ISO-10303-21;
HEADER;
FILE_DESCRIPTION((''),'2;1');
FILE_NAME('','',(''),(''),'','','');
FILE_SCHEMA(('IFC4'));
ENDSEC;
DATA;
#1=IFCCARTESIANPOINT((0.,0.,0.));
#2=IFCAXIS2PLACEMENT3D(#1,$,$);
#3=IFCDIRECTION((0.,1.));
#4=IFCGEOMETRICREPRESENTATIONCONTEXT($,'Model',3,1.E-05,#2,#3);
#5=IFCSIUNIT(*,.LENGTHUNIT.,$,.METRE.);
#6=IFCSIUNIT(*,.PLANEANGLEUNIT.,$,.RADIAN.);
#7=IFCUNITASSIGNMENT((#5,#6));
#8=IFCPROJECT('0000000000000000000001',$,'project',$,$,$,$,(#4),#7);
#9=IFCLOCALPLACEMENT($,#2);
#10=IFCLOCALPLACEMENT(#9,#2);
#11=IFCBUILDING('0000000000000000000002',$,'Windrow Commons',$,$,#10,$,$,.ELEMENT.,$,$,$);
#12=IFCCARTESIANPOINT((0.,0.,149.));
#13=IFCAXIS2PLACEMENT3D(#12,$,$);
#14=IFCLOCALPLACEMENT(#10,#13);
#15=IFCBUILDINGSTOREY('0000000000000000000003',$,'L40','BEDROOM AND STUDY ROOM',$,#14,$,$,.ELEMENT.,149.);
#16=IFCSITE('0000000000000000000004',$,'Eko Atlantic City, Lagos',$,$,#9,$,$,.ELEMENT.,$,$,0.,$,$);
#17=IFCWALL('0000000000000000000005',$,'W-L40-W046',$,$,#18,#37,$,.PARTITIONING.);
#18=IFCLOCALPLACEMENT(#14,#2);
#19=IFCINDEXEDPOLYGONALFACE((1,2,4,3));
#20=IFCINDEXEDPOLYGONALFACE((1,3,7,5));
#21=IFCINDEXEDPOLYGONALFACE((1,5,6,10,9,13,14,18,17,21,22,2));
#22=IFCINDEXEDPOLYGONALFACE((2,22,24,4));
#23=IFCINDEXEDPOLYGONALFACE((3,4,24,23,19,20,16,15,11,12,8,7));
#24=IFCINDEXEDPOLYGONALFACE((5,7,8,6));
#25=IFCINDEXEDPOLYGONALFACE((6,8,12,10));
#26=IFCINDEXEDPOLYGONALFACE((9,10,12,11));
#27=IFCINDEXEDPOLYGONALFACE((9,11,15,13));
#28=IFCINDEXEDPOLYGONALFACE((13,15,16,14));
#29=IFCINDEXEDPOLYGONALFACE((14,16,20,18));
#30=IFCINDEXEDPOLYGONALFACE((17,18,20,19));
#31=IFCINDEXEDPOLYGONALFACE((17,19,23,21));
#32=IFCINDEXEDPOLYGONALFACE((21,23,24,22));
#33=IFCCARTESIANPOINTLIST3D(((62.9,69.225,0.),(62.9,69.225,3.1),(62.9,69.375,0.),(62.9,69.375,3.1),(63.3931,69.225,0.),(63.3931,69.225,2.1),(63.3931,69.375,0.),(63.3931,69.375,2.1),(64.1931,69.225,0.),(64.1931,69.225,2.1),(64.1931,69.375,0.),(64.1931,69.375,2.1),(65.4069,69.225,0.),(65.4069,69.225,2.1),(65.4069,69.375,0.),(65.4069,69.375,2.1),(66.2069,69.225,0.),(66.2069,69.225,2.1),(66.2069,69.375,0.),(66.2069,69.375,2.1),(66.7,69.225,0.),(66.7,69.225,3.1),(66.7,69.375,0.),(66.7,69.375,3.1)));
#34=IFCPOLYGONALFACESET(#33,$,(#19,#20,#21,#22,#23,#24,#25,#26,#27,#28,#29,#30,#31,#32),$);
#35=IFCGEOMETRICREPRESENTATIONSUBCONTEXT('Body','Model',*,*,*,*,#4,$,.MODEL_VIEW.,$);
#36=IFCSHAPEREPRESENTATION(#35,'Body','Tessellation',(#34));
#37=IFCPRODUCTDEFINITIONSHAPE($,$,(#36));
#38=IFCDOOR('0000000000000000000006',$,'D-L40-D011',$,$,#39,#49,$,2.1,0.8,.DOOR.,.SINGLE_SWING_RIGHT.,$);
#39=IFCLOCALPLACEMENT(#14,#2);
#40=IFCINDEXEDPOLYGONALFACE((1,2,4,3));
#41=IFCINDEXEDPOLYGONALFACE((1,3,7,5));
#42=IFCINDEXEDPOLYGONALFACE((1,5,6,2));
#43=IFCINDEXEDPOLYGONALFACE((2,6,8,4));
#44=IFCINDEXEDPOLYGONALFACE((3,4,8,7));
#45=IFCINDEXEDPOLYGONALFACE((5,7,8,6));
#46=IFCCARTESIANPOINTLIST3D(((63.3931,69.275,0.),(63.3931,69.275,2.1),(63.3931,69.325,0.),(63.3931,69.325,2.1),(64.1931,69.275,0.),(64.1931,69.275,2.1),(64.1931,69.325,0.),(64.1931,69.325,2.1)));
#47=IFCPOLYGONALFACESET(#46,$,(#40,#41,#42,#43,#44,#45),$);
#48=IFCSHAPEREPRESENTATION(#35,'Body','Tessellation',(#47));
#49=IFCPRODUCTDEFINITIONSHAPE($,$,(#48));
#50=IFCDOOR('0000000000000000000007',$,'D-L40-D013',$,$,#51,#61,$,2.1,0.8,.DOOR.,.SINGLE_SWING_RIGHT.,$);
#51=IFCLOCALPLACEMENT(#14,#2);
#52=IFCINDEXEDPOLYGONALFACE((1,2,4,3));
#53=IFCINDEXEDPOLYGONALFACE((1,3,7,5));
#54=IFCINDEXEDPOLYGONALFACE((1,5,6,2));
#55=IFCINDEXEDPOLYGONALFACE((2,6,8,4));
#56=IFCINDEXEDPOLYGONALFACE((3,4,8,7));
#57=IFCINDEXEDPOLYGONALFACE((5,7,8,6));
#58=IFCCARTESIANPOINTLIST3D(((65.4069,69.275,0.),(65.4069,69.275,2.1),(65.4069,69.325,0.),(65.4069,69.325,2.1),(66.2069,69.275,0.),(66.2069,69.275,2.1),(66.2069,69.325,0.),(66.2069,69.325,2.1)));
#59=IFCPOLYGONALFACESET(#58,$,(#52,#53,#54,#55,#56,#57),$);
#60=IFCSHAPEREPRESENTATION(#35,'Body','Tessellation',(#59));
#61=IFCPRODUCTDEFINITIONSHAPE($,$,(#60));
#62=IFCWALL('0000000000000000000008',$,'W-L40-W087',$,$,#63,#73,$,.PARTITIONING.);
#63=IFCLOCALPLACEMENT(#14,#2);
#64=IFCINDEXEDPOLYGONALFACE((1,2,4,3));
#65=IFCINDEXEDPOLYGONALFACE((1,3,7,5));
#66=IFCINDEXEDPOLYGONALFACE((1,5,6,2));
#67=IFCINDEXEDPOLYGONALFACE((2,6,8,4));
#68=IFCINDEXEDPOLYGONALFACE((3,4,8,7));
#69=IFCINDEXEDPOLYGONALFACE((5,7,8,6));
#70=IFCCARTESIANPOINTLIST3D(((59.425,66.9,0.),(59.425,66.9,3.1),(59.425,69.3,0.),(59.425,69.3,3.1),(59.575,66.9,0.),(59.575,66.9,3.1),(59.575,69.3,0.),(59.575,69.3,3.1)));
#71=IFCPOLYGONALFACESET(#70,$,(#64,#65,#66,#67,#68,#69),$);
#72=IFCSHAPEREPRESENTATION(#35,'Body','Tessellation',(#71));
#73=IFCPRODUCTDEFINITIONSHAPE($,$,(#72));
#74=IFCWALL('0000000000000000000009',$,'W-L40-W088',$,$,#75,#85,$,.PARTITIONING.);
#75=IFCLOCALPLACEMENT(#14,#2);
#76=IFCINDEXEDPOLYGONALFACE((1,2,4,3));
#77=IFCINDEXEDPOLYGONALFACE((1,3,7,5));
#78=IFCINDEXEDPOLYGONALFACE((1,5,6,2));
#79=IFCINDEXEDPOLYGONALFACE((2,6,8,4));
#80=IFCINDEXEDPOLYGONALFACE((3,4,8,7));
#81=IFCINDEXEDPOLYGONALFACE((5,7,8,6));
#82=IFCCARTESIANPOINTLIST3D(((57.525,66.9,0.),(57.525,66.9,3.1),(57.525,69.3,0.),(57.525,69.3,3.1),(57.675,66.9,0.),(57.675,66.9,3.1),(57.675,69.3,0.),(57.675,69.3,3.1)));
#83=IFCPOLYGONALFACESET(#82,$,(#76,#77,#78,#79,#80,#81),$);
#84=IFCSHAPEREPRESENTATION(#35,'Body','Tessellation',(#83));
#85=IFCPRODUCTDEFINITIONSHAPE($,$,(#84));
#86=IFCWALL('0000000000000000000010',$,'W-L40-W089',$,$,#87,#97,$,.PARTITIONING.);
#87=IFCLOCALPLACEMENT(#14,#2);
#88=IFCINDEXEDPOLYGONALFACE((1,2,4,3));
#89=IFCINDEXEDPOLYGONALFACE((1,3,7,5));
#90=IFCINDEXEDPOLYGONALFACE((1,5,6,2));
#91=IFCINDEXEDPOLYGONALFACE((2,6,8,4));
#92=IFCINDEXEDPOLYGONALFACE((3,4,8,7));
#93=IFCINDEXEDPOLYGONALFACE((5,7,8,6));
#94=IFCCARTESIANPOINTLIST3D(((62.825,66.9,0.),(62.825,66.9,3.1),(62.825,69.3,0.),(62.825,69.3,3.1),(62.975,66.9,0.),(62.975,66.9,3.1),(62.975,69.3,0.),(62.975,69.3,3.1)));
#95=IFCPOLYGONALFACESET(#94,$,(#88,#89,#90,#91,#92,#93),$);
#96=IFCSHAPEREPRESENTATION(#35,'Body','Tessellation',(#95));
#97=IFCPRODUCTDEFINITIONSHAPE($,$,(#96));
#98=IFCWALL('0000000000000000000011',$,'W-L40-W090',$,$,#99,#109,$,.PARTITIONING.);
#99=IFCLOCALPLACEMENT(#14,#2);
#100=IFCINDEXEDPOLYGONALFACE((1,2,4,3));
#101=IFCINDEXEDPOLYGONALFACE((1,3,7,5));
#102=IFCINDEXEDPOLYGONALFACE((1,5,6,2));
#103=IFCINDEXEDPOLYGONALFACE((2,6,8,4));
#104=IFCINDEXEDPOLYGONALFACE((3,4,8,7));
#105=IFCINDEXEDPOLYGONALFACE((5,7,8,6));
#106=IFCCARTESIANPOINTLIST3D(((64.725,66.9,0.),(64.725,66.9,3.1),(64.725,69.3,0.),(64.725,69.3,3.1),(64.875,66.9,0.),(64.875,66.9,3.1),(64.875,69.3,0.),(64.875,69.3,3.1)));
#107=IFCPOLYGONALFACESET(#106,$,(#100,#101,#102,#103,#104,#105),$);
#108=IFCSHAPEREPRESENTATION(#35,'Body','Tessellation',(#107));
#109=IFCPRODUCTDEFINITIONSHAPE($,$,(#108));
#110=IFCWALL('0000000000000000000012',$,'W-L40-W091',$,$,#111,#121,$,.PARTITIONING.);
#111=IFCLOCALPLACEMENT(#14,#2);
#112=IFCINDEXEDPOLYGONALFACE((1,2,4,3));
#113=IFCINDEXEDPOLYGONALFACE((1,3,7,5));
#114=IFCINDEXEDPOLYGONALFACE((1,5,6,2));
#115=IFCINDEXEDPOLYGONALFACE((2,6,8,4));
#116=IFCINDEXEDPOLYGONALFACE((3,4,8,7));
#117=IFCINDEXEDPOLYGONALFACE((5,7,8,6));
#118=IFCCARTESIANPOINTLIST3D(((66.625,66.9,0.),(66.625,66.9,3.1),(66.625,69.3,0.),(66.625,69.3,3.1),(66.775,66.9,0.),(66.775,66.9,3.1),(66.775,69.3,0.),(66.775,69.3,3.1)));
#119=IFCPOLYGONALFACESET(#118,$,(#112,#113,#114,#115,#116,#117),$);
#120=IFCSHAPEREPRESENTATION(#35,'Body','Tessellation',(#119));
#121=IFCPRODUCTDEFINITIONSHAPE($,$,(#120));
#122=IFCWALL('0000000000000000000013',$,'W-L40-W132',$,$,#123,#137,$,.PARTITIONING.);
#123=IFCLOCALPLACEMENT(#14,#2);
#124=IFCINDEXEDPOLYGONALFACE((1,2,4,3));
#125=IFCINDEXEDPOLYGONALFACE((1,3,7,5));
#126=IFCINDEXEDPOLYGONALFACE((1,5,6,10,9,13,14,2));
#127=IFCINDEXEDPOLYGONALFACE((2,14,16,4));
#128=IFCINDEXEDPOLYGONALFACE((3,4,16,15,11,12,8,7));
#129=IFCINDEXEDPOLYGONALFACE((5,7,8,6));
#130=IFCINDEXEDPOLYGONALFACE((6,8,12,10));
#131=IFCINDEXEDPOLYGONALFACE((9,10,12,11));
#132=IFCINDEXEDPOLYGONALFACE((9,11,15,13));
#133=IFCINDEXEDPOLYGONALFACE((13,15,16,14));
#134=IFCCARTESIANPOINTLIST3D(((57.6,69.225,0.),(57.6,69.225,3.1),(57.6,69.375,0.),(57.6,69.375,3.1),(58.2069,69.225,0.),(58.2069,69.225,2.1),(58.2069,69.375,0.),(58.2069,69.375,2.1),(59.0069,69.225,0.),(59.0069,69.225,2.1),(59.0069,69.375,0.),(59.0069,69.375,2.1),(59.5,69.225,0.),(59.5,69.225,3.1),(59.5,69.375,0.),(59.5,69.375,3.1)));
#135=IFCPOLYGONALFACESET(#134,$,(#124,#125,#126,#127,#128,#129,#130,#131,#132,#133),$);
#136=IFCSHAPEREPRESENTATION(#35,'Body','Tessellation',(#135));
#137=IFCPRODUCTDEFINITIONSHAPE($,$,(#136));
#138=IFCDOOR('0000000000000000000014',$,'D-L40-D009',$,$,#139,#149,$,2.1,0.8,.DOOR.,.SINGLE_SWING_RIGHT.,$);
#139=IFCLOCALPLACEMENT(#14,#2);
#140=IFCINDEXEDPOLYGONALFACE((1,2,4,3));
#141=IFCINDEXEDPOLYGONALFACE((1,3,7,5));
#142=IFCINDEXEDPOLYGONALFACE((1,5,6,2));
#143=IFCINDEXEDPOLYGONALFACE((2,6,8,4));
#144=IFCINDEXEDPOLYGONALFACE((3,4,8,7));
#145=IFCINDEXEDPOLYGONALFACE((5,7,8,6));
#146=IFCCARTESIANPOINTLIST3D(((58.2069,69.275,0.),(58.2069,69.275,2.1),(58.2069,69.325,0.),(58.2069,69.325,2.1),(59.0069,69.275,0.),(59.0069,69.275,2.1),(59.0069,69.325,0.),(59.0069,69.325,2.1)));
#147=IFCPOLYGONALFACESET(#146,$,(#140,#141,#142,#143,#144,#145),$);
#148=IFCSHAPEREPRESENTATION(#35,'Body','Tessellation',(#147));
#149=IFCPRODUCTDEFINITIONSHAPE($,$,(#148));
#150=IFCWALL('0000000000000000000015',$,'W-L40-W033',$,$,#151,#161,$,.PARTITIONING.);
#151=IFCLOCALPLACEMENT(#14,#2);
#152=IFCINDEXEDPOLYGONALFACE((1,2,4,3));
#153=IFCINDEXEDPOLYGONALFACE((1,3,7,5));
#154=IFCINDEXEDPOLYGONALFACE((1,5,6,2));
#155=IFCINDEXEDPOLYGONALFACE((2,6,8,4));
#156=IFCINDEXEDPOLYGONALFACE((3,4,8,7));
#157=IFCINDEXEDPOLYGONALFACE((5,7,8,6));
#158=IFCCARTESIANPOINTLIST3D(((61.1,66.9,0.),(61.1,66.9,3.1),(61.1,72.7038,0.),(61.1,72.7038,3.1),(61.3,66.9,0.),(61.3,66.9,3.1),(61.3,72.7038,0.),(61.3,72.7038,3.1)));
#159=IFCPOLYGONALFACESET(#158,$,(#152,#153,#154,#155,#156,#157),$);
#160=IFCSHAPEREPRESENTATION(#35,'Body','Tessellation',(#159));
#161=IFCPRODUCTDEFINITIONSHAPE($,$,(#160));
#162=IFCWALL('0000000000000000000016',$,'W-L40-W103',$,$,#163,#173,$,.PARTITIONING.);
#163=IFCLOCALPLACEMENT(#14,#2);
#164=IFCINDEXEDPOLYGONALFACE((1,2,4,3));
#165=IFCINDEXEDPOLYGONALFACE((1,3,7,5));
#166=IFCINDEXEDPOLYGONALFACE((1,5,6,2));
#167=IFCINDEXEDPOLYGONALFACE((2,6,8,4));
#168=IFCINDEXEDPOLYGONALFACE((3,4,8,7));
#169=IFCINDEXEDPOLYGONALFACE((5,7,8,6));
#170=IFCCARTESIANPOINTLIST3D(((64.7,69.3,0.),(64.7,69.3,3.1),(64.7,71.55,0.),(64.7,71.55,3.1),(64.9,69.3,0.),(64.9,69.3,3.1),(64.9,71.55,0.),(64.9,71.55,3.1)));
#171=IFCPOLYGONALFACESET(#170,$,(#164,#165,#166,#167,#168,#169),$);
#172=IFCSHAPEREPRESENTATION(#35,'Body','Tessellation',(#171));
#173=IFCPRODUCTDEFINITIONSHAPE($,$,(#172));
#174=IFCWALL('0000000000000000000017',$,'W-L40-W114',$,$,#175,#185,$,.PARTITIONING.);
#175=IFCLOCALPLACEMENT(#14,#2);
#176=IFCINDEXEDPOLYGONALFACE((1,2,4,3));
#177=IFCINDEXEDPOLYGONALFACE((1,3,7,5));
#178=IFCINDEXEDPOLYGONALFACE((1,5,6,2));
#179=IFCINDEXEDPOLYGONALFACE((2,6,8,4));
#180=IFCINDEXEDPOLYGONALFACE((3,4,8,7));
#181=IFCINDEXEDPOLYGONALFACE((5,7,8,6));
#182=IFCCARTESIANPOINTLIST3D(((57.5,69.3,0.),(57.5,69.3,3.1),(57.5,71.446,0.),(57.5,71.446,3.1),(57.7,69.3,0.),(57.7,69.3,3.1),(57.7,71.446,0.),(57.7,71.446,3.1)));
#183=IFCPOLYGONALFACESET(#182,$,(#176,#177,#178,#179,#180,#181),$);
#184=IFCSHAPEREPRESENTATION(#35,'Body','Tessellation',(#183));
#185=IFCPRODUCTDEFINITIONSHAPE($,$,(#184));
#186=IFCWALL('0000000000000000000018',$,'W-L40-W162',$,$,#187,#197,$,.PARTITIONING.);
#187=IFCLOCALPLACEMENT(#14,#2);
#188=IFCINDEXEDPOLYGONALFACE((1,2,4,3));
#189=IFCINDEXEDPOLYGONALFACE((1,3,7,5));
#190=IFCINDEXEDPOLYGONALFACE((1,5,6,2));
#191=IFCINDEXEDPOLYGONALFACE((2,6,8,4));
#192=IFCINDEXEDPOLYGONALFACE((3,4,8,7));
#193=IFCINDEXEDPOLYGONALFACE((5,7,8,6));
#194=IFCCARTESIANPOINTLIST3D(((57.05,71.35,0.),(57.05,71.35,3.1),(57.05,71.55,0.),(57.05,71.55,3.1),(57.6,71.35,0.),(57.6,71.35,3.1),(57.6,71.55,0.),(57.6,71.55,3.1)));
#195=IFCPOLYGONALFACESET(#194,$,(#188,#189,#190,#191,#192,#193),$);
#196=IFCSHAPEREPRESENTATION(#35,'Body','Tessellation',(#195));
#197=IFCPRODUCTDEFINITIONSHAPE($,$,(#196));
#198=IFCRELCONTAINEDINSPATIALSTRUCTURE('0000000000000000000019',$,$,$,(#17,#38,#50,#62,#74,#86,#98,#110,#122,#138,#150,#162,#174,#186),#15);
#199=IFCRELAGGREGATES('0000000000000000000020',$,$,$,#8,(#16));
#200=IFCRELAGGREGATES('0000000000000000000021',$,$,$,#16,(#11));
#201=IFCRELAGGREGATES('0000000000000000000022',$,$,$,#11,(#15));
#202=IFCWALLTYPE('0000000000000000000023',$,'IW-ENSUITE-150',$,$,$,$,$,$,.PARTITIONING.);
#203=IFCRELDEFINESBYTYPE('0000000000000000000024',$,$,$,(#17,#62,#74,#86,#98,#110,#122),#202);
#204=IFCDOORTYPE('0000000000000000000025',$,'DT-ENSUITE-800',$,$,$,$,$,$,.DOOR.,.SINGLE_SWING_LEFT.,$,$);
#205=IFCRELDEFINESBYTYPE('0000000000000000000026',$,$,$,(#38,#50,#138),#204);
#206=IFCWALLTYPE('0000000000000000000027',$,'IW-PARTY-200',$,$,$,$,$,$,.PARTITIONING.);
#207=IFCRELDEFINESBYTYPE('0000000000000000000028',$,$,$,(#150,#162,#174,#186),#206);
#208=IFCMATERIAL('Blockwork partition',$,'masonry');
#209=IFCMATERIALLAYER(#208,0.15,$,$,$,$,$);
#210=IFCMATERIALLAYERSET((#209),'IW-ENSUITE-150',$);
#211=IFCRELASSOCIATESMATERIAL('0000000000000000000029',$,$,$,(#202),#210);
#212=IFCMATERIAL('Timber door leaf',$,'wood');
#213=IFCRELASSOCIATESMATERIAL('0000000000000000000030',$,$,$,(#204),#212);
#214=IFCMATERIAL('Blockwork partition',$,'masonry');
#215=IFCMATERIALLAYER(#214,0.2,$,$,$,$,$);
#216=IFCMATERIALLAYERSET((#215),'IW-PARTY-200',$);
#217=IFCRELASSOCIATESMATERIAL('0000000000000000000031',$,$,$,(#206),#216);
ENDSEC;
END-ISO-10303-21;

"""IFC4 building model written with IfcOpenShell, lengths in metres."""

from ifc_helpers import new_model, si_unit, direction, frame, frame_2d, origin, place, context, subcontext, project, spatial, rectangle, extrude, material, layer, layer_set, type_object, element, fill, save


model = new_model("IFC4")

# Units and contexts
model_context = context("Model", 3, precision=1e-05, world=origin(), true_north=direction((0.0, 1.0)))
body_context = subcontext(model_context, "Body", "Model", "MODEL_VIEW")
ifc_project = project(units=[si_unit("LENGTHUNIT", "METRE"), si_unit("PLANEANGLEUNIT", "RADIAN")], contexts=[model_context])

# Site, building, storey
site_placement = place(None, origin())
site = spatial("IfcSite", under=ifc_project, at=site_placement, Name="Eko Atlantic City, Lagos", CompositionType="ELEMENT", RefElevation=0.0)
building_placement = place(site_placement, origin())
building = spatial("IfcBuilding", under=site, at=building_placement, Name="Windrow Commons", CompositionType="ELEMENT")
storey_placement = place(building_placement, frame((0.0, 0.0, 149.0)))
storey = spatial("IfcBuildingStorey", under=building, at=storey_placement, Name="L40", Description="BEDROOM AND STUDY ROOM", CompositionType="ELEMENT", Elevation=149.0)

# Wall, openings, doors
ifc_material_1 = material(Name="Blockwork partition", Category="masonry")
ifc_layer_1 = layer(ifc_material_1, 0.15)
ifc_layer_set_1 = layer_set([ifc_layer_1], Name="IW-ENSUITE-150")
wall_type_1 = type_object("IfcWallType", Name="IW-ENSUITE-150", PredefinedType="PARTITIONING", material=ifc_layer_set_1)
wall_1_placement = place(storey_placement, frame((62.9, 69.3, 0.0), z_axis=(0.0, 0.0, 1.0), x_axis=(1.0, 0.0, 0.0)))
wall_1 = element("IfcWall", 1, at=wall_1_placement, inside=storey, type_object=wall_type_1, Name="W-L40-W046", PredefinedType="PARTITIONING", context=body_context, shape_type="SweptSolid", body=[
    extrude(rectangle(XDim=3.8, YDim=0.15, at=frame_2d((1.9, 0.0))), origin(), (0.0, 0.0, 1.0), 3.1),
])
opening_1_placement = place(wall_1_placement, frame((0.4931, 0.0, 0.0)))
opening_1 = element("IfcOpeningElement", 2, at=opening_1_placement, cuts=wall_1, PredefinedType="OPENING", context=body_context, shape_type="SweptSolid", body=[
    extrude(rectangle(XDim=0.8, YDim=2.1, at=frame_2d((0.4, 1.05))), frame((0.0, 0.085, 0.0), z_axis=(0.0, -1.0, 0.0), x_axis=(1.0, 0.0, 0.0)), (0.0, 0.0, 1.0), 0.17),
])
opening_2_placement = place(wall_1_placement, frame((2.5069, 0.0, 0.0)))
opening_2 = element("IfcOpeningElement", 3, at=opening_2_placement, cuts=wall_1, PredefinedType="OPENING", context=body_context, shape_type="SweptSolid", body=[
    extrude(rectangle(XDim=0.8, YDim=2.1, at=frame_2d((0.4, 1.05))), frame((0.0, 0.085, 0.0), z_axis=(0.0, -1.0, 0.0), x_axis=(1.0, 0.0, 0.0)), (0.0, 0.0, 1.0), 0.17),
])
ifc_material_2 = material(Name="Timber door leaf", Category="wood")
door_type = type_object("IfcDoorType", Name="DT-ENSUITE-800", OperationType="SINGLE_SWING_LEFT", PredefinedType="DOOR", material=ifc_material_2)
door_1_placement = place(opening_1_placement, origin())
door_1 = element("IfcDoor", 4, at=door_1_placement, inside=storey, type_object=door_type, Name="D-L40-D011", OperationType="SINGLE_SWING_RIGHT", OverallHeight=2.1, OverallWidth=0.8, PredefinedType="DOOR", context=body_context, shape_type="SweptSolid", body=[
    extrude(rectangle(XDim=0.8, YDim=2.1, at=frame_2d((0.4, 1.05))), frame((0.0, 0.025, 0.0), z_axis=(0.0, -1.0, 0.0), x_axis=(1.0, 0.0, 0.0)), (0.0, 0.0, 1.0), 0.05),
])
fill(opening_1, door_1)
door_2_placement = place(opening_2_placement, origin())
door_2 = element("IfcDoor", 5, at=door_2_placement, inside=storey, type_object=door_type, Name="D-L40-D013", OperationType="SINGLE_SWING_RIGHT", OverallHeight=2.1, OverallWidth=0.8, PredefinedType="DOOR", context=body_context, shape_type="SweptSolid", body=[
    extrude(rectangle(XDim=0.8, YDim=2.1, at=frame_2d((0.4, 1.05))), frame((0.0, 0.025, 0.0), z_axis=(0.0, -1.0, 0.0), x_axis=(1.0, 0.0, 0.0)), (0.0, 0.0, 1.0), 0.05),
])
fill(opening_2, door_2)

# Walls
for number, where, z_axis, x_axis, name in (
    (6, (59.5, 66.9, 0.0), (0.0, 0.0, 1.0), (0.0, 1.0, 0.0), "W-L40-W087"),
    (7, (57.6, 66.9, 0.0), (0.0, 0.0, 1.0), (0.0, 1.0, 0.0), "W-L40-W088"),
    (8, (62.9, 66.9, 0.0), (0.0, 0.0, 1.0), (0.0, 1.0, 0.0), "W-L40-W089"),
    (9, (64.8, 66.9, 0.0), (0.0, 0.0, 1.0), (0.0, 1.0, 0.0), "W-L40-W090"),
    (10, (66.7, 66.9, 0.0), (0.0, 0.0, 1.0), (0.0, 1.0, 0.0), "W-L40-W091"),
):
    element("IfcWall", number, at=place(storey_placement, frame(where, z_axis=z_axis, x_axis=x_axis)), inside=storey, type_object=wall_type_1, Name=name, PredefinedType="PARTITIONING", context=body_context, shape_type="SweptSolid", body=[
        extrude(rectangle(XDim=2.4, YDim=0.15, at=frame_2d((1.2, 0.0))), origin(), (0.0, 0.0, 1.0), 3.1),
    ])

# Wall, opening, door
wall_2_placement = place(storey_placement, frame((57.6, 69.3, 0.0), z_axis=(0.0, 0.0, 1.0), x_axis=(1.0, 0.0, 0.0)))
wall_2 = element("IfcWall", 11, at=wall_2_placement, inside=storey, type_object=wall_type_1, Name="W-L40-W132", PredefinedType="PARTITIONING", context=body_context, shape_type="SweptSolid", body=[
    extrude(rectangle(XDim=1.9, YDim=0.15, at=frame_2d((0.95, 0.0))), origin(), (0.0, 0.0, 1.0), 3.1),
])
opening_3_placement = place(wall_2_placement, frame((0.6069, 0.0, 0.0)))
opening_3 = element("IfcOpeningElement", 12, at=opening_3_placement, cuts=wall_2, PredefinedType="OPENING", context=body_context, shape_type="SweptSolid", body=[
    extrude(rectangle(XDim=0.8, YDim=2.1, at=frame_2d((0.4, 1.05))), frame((0.0, 0.085, 0.0), z_axis=(0.0, -1.0, 0.0), x_axis=(1.0, 0.0, 0.0)), (0.0, 0.0, 1.0), 0.17),
])
door_3_placement = place(opening_3_placement, origin())
door_3 = element("IfcDoor", 13, at=door_3_placement, inside=storey, type_object=door_type, Name="D-L40-D009", OperationType="SINGLE_SWING_RIGHT", OverallHeight=2.1, OverallWidth=0.8, PredefinedType="DOOR", context=body_context, shape_type="SweptSolid", body=[
    extrude(rectangle(XDim=0.8, YDim=2.1, at=frame_2d((0.4, 1.05))), frame((0.0, 0.025, 0.0), z_axis=(0.0, -1.0, 0.0), x_axis=(1.0, 0.0, 0.0)), (0.0, 0.0, 1.0), 0.05),
])
fill(opening_3, door_3)

# Walls
ifc_material_3 = material(Name="Blockwork partition", Category="masonry")
ifc_layer_2 = layer(ifc_material_3, 0.2)
ifc_layer_set_2 = layer_set([ifc_layer_2], Name="IW-PARTY-200")
wall_type_2 = type_object("IfcWallType", Name="IW-PARTY-200", PredefinedType="PARTITIONING", material=ifc_layer_set_2)
wall_3_placement = place(storey_placement, frame((61.2, 66.9, 0.0), z_axis=(0.0, 0.0, 1.0), x_axis=(0.0, 1.0, 0.0)))
element("IfcWall", 14, at=wall_3_placement, inside=storey, type_object=wall_type_2, Name="W-L40-W033", PredefinedType="PARTITIONING", context=body_context, shape_type="SweptSolid", body=[
    extrude(rectangle(XDim=5.8038, YDim=0.2, at=frame_2d((2.9019, 0.0))), origin(), (0.0, 0.0, 1.0), 3.1),
])
wall_4_placement = place(storey_placement, frame((64.8, 69.3, 0.0), z_axis=(0.0, 0.0, 1.0), x_axis=(0.0, 1.0, 0.0)))
element("IfcWall", 15, at=wall_4_placement, inside=storey, type_object=wall_type_2, Name="W-L40-W103", PredefinedType="PARTITIONING", context=body_context, shape_type="SweptSolid", body=[
    extrude(rectangle(XDim=2.25, YDim=0.2, at=frame_2d((1.125, 0.0))), origin(), (0.0, 0.0, 1.0), 3.1),
])
wall_5_placement = place(storey_placement, frame((57.6, 69.3, 0.0), z_axis=(0.0, 0.0, 1.0), x_axis=(0.0, 1.0, 0.0)))
element("IfcWall", 16, at=wall_5_placement, inside=storey, type_object=wall_type_2, Name="W-L40-W114", PredefinedType="PARTITIONING", context=body_context, shape_type="SweptSolid", body=[
    extrude(rectangle(XDim=2.146, YDim=0.2, at=frame_2d((1.073, 0.0))), origin(), (0.0, 0.0, 1.0), 3.1),
])
wall_6_placement = place(storey_placement, frame((57.05, 71.45, 0.0), z_axis=(0.0, 0.0, 1.0), x_axis=(1.0, 0.0, 0.0)))
element("IfcWall", 17, at=wall_6_placement, inside=storey, type_object=wall_type_2, Name="W-L40-W162", PredefinedType="PARTITIONING", context=body_context, shape_type="SweptSolid", body=[
    extrude(rectangle(XDim=0.55, YDim=0.2, at=frame_2d((0.275, 0.0))), origin(), (0.0, 0.0, 1.0), 3.1),
])

save(model, "model.ifc")
